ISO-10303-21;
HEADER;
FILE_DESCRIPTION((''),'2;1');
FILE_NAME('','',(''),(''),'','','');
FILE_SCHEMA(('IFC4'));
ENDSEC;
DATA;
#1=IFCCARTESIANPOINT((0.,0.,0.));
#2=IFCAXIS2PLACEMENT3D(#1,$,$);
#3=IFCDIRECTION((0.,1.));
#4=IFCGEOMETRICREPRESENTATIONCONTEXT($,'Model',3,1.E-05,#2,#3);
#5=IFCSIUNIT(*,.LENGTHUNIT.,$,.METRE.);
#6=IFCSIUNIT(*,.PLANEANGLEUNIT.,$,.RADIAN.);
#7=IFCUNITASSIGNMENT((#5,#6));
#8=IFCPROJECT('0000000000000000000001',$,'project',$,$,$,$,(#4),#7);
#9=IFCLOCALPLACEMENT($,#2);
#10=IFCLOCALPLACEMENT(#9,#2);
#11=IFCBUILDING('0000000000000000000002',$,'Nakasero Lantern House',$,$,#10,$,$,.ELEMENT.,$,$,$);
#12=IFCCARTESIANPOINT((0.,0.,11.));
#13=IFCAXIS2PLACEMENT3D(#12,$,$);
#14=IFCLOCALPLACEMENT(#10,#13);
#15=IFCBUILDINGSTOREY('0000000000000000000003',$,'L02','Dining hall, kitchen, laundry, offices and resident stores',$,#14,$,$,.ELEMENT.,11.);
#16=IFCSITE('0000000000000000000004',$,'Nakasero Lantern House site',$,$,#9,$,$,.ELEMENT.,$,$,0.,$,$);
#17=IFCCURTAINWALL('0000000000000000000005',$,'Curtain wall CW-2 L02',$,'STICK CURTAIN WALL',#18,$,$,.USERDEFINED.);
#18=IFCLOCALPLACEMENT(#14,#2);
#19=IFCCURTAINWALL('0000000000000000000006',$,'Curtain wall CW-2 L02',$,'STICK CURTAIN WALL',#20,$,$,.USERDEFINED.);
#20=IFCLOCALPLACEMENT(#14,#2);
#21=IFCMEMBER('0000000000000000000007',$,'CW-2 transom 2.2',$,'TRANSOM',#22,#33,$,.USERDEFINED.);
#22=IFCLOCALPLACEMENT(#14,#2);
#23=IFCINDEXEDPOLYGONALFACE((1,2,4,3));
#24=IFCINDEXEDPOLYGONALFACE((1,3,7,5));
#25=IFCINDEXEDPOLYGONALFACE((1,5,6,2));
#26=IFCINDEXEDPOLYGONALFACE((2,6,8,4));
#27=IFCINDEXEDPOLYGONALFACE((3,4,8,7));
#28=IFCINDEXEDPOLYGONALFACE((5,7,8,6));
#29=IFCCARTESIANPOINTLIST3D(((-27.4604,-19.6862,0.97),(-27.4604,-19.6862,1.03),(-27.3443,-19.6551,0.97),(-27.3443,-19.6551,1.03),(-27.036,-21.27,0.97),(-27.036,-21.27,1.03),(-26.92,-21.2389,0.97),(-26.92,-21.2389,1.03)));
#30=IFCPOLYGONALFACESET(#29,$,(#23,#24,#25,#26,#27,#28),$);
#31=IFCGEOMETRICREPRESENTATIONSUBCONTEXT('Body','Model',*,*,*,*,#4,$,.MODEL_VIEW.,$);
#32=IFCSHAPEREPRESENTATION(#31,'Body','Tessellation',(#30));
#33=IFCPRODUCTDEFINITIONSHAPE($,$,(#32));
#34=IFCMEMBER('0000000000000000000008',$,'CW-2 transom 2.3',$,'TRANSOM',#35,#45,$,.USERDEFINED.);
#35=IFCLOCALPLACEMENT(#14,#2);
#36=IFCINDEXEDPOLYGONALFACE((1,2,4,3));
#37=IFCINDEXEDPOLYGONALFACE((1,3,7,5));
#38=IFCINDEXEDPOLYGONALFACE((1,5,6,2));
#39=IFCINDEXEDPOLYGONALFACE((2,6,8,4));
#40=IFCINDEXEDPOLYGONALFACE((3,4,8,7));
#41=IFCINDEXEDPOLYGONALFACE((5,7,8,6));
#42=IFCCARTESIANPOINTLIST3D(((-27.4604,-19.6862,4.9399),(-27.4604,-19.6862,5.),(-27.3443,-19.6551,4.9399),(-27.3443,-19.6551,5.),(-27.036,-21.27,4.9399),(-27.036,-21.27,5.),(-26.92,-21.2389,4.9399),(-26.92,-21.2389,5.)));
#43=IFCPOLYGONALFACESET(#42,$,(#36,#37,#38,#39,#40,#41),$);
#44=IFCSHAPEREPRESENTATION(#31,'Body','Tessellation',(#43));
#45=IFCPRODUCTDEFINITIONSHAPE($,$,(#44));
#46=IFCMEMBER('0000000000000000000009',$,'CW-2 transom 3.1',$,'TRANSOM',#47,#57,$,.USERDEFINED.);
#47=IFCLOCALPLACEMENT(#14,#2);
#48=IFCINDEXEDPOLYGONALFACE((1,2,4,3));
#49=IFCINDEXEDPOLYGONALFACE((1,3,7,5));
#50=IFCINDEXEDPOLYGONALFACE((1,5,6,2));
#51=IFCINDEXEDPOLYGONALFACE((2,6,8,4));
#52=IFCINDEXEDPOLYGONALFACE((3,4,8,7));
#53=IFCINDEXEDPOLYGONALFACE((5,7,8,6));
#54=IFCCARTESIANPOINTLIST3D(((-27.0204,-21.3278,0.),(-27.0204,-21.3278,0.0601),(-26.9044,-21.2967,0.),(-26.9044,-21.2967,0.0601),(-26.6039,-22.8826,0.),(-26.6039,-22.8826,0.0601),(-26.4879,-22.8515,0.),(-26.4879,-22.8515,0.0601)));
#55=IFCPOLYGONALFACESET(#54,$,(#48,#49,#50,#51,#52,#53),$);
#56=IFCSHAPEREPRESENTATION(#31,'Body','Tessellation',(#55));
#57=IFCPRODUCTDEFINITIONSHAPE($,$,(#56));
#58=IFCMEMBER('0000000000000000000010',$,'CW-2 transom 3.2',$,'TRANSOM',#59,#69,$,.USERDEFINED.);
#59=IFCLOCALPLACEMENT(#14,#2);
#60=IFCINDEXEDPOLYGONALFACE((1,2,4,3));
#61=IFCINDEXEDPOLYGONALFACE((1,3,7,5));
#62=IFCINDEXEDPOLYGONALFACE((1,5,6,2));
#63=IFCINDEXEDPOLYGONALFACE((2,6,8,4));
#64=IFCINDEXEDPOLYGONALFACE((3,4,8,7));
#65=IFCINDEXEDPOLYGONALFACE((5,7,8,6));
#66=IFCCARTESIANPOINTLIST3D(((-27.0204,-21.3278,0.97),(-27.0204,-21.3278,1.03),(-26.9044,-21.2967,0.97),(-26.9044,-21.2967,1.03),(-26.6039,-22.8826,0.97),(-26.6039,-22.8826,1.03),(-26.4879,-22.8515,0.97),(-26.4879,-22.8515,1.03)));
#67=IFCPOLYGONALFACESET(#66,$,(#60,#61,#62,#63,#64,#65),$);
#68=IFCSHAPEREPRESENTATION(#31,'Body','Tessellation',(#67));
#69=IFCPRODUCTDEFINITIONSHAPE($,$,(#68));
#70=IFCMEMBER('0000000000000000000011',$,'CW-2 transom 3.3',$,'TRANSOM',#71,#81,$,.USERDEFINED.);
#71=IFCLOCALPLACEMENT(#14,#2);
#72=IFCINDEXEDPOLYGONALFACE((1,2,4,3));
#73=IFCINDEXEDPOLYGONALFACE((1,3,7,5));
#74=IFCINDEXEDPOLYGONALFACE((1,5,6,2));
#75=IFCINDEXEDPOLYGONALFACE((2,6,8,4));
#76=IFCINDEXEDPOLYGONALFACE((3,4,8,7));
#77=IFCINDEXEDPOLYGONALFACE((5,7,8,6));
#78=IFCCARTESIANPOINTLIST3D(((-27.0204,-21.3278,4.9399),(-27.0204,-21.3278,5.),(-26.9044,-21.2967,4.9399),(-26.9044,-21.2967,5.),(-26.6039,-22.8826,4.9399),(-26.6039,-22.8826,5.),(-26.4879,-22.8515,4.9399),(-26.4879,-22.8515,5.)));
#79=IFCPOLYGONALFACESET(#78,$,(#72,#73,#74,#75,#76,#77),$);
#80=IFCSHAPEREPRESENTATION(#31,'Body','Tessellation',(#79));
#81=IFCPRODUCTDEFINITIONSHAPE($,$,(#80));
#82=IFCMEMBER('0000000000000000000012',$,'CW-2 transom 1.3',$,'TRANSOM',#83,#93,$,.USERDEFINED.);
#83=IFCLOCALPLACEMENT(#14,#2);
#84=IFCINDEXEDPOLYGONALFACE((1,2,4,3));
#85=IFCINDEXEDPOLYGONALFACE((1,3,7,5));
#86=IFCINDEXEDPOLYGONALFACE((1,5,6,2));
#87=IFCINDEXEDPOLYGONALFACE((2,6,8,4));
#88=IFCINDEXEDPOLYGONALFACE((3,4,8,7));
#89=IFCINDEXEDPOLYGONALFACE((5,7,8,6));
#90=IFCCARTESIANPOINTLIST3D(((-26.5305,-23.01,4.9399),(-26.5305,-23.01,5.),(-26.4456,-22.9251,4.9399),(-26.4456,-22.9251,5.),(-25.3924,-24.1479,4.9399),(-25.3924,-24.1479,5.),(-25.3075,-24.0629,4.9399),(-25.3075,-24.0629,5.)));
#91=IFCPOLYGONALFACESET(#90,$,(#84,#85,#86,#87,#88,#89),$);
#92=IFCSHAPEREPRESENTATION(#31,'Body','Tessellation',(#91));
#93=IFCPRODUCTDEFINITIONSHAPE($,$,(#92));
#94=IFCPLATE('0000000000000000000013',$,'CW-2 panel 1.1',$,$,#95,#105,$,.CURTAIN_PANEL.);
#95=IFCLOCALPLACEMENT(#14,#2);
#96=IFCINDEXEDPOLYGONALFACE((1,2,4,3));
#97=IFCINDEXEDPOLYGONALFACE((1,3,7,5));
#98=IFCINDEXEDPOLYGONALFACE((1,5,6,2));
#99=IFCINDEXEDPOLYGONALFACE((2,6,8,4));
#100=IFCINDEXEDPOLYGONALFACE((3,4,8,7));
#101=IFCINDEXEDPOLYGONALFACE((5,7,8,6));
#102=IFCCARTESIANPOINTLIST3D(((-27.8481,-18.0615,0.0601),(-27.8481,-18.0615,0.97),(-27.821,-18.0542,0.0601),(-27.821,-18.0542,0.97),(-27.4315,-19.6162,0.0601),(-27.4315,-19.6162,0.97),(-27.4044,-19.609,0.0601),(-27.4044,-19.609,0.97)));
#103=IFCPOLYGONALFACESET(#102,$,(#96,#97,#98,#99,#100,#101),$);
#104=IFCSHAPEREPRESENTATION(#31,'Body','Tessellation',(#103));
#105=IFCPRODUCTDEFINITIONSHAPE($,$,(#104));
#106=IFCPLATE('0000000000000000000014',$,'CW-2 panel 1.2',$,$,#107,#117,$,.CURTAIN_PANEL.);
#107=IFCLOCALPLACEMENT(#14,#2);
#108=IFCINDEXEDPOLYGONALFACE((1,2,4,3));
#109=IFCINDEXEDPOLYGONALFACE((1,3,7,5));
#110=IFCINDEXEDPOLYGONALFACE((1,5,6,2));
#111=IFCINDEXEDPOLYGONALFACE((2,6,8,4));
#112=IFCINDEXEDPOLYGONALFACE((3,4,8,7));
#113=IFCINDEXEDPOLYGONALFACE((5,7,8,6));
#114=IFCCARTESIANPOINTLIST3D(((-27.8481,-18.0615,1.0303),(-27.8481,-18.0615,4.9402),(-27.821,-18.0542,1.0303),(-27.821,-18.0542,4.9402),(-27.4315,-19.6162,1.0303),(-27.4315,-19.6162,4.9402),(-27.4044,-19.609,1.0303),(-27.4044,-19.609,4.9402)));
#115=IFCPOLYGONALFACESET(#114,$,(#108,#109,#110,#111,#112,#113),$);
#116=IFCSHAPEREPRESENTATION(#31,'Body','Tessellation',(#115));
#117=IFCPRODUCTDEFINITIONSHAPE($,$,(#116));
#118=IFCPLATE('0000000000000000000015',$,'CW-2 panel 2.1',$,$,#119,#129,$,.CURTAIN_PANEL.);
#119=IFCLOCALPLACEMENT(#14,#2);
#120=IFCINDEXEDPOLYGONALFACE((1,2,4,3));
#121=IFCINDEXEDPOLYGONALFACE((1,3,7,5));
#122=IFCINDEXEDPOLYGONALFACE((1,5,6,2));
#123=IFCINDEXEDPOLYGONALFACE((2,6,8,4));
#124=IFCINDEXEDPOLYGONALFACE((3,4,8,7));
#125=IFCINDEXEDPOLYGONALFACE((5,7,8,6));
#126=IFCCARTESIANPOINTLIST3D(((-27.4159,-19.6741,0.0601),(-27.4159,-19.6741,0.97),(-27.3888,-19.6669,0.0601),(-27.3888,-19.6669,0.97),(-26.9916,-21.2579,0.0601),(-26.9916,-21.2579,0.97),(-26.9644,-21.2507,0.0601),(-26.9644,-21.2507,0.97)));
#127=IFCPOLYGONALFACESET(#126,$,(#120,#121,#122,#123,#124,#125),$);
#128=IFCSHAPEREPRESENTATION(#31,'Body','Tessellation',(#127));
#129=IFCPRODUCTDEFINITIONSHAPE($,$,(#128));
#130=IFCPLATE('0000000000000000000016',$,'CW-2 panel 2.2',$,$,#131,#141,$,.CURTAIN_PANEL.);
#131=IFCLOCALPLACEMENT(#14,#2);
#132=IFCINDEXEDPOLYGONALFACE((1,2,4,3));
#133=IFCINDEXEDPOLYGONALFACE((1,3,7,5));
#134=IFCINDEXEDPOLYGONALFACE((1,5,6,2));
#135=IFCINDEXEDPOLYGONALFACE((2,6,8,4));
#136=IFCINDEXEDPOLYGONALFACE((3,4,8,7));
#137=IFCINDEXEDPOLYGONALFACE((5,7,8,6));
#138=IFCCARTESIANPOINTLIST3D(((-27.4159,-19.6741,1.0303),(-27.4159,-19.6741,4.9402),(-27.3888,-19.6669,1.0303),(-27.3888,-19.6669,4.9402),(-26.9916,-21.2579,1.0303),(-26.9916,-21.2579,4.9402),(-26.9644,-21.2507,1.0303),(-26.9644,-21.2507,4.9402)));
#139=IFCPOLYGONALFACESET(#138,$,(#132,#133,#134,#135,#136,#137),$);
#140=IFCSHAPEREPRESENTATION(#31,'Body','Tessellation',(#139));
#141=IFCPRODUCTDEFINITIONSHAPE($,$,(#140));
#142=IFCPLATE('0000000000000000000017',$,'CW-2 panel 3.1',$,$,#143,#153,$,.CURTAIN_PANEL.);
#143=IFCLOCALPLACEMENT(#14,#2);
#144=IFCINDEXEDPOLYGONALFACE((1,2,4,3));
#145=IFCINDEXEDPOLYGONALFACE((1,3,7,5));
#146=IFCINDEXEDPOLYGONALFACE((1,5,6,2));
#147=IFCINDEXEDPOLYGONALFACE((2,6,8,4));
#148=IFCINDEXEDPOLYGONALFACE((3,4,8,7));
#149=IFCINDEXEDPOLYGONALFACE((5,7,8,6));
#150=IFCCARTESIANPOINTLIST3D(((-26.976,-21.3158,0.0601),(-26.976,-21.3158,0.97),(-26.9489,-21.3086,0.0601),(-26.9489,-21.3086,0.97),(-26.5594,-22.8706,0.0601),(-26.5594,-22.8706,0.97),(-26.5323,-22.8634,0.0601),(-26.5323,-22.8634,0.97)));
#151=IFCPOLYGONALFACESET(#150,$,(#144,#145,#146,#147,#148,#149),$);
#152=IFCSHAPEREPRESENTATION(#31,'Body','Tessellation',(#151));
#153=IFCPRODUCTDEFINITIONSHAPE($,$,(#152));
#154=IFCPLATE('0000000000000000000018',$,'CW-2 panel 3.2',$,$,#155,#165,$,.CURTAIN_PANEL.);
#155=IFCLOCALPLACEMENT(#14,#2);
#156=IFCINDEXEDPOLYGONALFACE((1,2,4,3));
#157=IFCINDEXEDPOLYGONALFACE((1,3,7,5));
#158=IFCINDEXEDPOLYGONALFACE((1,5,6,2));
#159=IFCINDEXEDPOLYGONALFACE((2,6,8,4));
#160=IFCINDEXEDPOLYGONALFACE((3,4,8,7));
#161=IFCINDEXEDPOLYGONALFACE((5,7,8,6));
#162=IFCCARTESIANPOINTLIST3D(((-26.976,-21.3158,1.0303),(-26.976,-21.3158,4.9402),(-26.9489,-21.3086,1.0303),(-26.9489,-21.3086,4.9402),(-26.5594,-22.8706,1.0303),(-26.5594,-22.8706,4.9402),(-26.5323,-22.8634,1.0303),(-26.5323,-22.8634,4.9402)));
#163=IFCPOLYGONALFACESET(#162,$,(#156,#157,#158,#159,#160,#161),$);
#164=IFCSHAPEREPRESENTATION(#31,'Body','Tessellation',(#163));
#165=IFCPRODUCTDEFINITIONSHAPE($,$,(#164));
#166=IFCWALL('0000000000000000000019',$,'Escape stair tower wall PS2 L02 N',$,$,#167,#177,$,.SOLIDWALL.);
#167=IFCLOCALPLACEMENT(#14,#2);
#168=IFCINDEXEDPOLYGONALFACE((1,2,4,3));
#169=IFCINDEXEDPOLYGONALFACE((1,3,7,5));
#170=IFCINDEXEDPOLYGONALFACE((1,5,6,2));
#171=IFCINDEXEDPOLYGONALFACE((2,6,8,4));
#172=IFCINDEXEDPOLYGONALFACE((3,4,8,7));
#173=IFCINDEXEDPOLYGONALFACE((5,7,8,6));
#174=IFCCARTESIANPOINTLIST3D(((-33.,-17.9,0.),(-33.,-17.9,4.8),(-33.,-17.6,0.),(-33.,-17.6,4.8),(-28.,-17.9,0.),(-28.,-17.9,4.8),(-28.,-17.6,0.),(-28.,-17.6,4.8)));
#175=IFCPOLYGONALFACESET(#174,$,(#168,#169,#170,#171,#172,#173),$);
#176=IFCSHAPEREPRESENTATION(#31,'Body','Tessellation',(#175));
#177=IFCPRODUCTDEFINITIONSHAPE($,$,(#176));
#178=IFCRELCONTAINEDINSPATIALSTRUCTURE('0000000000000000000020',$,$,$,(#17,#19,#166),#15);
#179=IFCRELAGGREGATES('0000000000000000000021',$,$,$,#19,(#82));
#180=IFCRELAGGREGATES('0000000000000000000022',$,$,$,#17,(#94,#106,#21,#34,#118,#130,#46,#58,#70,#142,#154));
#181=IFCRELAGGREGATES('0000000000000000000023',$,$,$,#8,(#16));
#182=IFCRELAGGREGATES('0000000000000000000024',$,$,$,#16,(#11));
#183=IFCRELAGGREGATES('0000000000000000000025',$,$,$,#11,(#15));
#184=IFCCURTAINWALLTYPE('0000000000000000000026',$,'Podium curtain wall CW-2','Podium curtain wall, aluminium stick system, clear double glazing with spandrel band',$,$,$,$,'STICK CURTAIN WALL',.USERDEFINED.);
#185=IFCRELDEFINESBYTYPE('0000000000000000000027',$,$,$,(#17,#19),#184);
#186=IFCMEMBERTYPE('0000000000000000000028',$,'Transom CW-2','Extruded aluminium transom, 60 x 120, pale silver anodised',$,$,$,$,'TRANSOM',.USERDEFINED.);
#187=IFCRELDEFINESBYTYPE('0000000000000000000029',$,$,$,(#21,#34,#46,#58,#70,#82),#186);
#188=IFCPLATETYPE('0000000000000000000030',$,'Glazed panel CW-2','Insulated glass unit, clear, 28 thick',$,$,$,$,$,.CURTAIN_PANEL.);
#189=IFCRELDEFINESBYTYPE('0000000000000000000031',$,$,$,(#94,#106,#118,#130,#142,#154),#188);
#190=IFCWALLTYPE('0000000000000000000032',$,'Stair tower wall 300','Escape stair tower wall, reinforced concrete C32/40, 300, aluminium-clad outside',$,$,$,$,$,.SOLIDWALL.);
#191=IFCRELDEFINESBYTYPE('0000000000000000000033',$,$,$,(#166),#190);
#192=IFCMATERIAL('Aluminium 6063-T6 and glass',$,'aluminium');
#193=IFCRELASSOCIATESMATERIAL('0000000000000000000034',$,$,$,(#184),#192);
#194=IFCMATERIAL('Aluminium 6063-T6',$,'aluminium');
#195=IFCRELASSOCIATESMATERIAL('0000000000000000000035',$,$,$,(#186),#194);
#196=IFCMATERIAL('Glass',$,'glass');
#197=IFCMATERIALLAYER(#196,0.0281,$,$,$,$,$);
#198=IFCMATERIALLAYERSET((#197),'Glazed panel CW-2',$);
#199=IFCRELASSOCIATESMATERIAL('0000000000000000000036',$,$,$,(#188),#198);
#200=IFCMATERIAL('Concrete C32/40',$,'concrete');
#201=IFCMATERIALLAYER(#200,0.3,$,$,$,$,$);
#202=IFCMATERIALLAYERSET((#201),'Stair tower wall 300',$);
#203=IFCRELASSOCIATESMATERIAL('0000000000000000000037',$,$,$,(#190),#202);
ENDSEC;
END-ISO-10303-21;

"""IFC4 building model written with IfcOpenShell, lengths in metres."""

from ifc_helpers import new_model, si_unit, direction, frame, frame_2d, origin, origin_2d, place, context, subcontext, project, spatial, rectangle, extrude, material, layer, layer_set, material_profile, profile_set, type_object, element, aggregate, save


model = new_model("IFC4")

# Units and contexts
model_context = context("Model", 3, precision=1e-05, world=origin(), true_north=direction((0.0, 1.0)))
body_context = subcontext(model_context, "Body", "Model", "MODEL_VIEW")
ifc_project = project(units=[si_unit("LENGTHUNIT", "METRE"), si_unit("PLANEANGLEUNIT", "RADIAN")], contexts=[model_context])

# Site, building, storey
site_placement = place(None, origin())
site = spatial("IfcSite", under=ifc_project, at=site_placement, Name="Nakasero Lantern House site", CompositionType="ELEMENT", RefElevation=0.0)
building_placement = place(site_placement, origin())
building = spatial("IfcBuilding", under=site, at=building_placement, Name="Nakasero Lantern House", CompositionType="ELEMENT")
storey_placement = place(building_placement, frame((0.0, 0.0, 11.0)))
storey = spatial("IfcBuildingStorey", under=building, at=storey_placement, Name="L02", Description="Dining hall, kitchen, laundry, offices and resident stores", CompositionType="ELEMENT", Elevation=11.0)

# Curtain wall
ifc_material_1 = material(Name="Aluminium 6063-T6 and glass", Category="aluminium")
curtain_wall_type = type_object("IfcCurtainWallType", Name="Podium curtain wall CW-2", Description="Podium curtain wall, aluminium stick system, clear double glazing with spandrel band", ElementType="STICK CURTAIN WALL", PredefinedType="USERDEFINED", material=ifc_material_1)
curtain_wall_1_placement = place(storey_placement, origin())
curtain_wall_1 = element("IfcCurtainWall", 1, at=curtain_wall_1_placement, inside=storey, type_object=curtain_wall_type, Name="Curtain wall CW-2 L02", ObjectType="STICK CURTAIN WALL", PredefinedType="USERDEFINED")

# Curtain wall
curtain_wall_2_placement = place(storey_placement, origin())
curtain_wall_2 = element("IfcCurtainWall", 2, at=curtain_wall_2_placement, inside=storey, type_object=curtain_wall_type, Name="Curtain wall CW-2 L02", ObjectType="STICK CURTAIN WALL", PredefinedType="USERDEFINED")

# Members
ifc_material_2 = material(Name="Aluminium 6063-T6", Category="aluminium")
ifc_material_profile_1 = material_profile(ifc_material_2, rectangle(XDim=0.0601, YDim=0.1201, at=origin_2d()), Name="CW-2 transom 60x120")
ifc_profile_set_1 = profile_set([ifc_material_profile_1], Name="Aluminium 6063-T6")
member_type_1 = type_object("IfcMemberType", Name="Transom CW-2", Description="Extruded aluminium transom, 60 x 120, pale silver anodised", ElementType="TRANSOM", PredefinedType="USERDEFINED", material=ifc_profile_set_1)
member_1_placement = place(storey_placement, frame((-27.4023, -19.6707, 1.0), z_axis=(0.258793, -0.965933, 0.0), x_axis=(0.0, 0.0, 1.0)))
member_1 = element("IfcMember", 3, at=member_1_placement, type_object=member_type_1, Name="CW-2 transom 2.2", ObjectType="TRANSOM", PredefinedType="USERDEFINED", context=body_context, shape_type="SweptSolid", body=[
    extrude(rectangle(XDim=0.0601, YDim=0.1201, at=origin_2d()), origin(), (0.0, 0.0, 1.0), 1.6396),
])
member_2_placement = place(storey_placement, frame((-27.4023, -19.6707, 4.97), z_axis=(0.258793, -0.965933, 0.0), x_axis=(0.0, 0.0, 1.0)))
member_2 = element("IfcMember", 4, at=member_2_placement, type_object=member_type_1, Name="CW-2 transom 2.3", ObjectType="TRANSOM", PredefinedType="USERDEFINED", context=body_context, shape_type="SweptSolid", body=[
    extrude(rectangle(XDim=0.0601, YDim=0.1201, at=origin_2d()), origin(), (0.0, 0.0, 1.0), 1.6396),
])
member_3_placement = place(storey_placement, frame((-26.9624, -21.3123, 0.03), z_axis=(0.258777, -0.965937, 0.0), x_axis=(0.0, 0.0, 1.0)))
member_3 = element("IfcMember", 5, at=member_3_placement, type_object=member_type_1, Name="CW-2 transom 3.1", ObjectType="TRANSOM", PredefinedType="USERDEFINED", context=body_context, shape_type="SweptSolid", body=[
    extrude(rectangle(XDim=0.0601, YDim=0.1201, at=origin_2d()), origin(), (0.0, 0.0, 1.0), 1.6096),
])
member_4_placement = place(storey_placement, frame((-26.9624, -21.3123, 1.0), z_axis=(0.258777, -0.965937, 0.0), x_axis=(0.0, 0.0, 1.0)))
member_4 = element("IfcMember", 6, at=member_4_placement, type_object=member_type_1, Name="CW-2 transom 3.2", ObjectType="TRANSOM", PredefinedType="USERDEFINED", context=body_context, shape_type="SweptSolid", body=[
    extrude(rectangle(XDim=0.0601, YDim=0.1201, at=origin_2d()), origin(), (0.0, 0.0, 1.0), 1.6096),
])
member_5_placement = place(storey_placement, frame((-26.9624, -21.3123, 4.97), z_axis=(0.258777, -0.965937, 0.0), x_axis=(0.0, 0.0, 1.0)))
member_5 = element("IfcMember", 7, at=member_5_placement, type_object=member_type_1, Name="CW-2 transom 3.3", ObjectType="TRANSOM", PredefinedType="USERDEFINED", context=body_context, shape_type="SweptSolid", body=[
    extrude(rectangle(XDim=0.0601, YDim=0.1201, at=origin_2d()), origin(), (0.0, 0.0, 1.0), 1.6096),
])
member_6_placement = place(storey_placement, frame((-26.488, -22.9675, 4.97), z_axis=(0.707183, -0.707031, 0.0), x_axis=(0.0, 0.0, 1.0)))
member_6 = element("IfcMember", 8, at=member_6_placement, type_object=member_type_1, Name="CW-2 transom 1.3", ObjectType="TRANSOM", PredefinedType="USERDEFINED", context=body_context, shape_type="SweptSolid", body=[
    extrude(rectangle(XDim=0.0601, YDim=0.1201, at=origin_2d()), origin(), (0.0, 0.0, 1.0), 1.6094),
])
aggregate(curtain_wall_2, [member_6])

# Plates
ifc_material_3 = material(Name="Glass", Category="glass")
ifc_layer_1 = layer(ifc_material_3, 0.0281)
ifc_layer_set_1 = layer_set([ifc_layer_1], Name="Glazed panel CW-2")
plate_type = type_object("IfcPlateType", Name="Glazed panel CW-2", Description="Insulated glass unit, clear, 28 thick", PredefinedType="CURTAIN_PANEL", material=ifc_layer_set_1)
plate_1_placement = place(storey_placement, frame((-27.6262, -18.8352, 0.0601), z_axis=(0.0, 0.0, 1.0), x_axis=(0.258819, -0.965926, 0.0)))
plate_1 = element("IfcPlate", 9, at=plate_1_placement, type_object=plate_type, Name="CW-2 panel 1.1", PredefinedType="CURTAIN_PANEL", context=body_context, shape_type="SweptSolid", body=[
    extrude(rectangle(XDim=1.6096, YDim=0.0281, at=origin_2d()), origin(), (0.0, 0.0, 1.0), 0.9099),
])
plate_2_placement = place(storey_placement, frame((-27.6262, -18.8352, 1.0303), z_axis=(0.0, 0.0, 1.0), x_axis=(0.258819, -0.965926, 0.0)))
plate_2 = element("IfcPlate", 10, at=plate_2_placement, type_object=plate_type, Name="CW-2 panel 1.2", PredefinedType="CURTAIN_PANEL", context=body_context, shape_type="SweptSolid", body=[
    extrude(rectangle(XDim=1.6096, YDim=0.0281, at=origin_2d()), origin(), (0.0, 0.0, 1.0), 3.9099),
])
plate_3_placement = place(storey_placement, frame((-27.1902, -20.4624, 0.0601), z_axis=(0.0, 0.0, 1.0), x_axis=(0.258819, -0.965926, 0.0)))
plate_3 = element("IfcPlate", 11, at=plate_3_placement, type_object=plate_type, Name="CW-2 panel 2.1", PredefinedType="CURTAIN_PANEL", context=body_context, shape_type="SweptSolid", body=[
    extrude(rectangle(XDim=1.6396, YDim=0.0281, at=origin_2d()), origin(), (0.0, 0.0, 1.0), 0.9099),
])
plate_4_placement = place(storey_placement, frame((-27.1902, -20.4624, 1.0303), z_axis=(0.0, 0.0, 1.0), x_axis=(0.258819, -0.965926, 0.0)))
plate_4 = element("IfcPlate", 12, at=plate_4_placement, type_object=plate_type, Name="CW-2 panel 2.2", PredefinedType="CURTAIN_PANEL", context=body_context, shape_type="SweptSolid", body=[
    extrude(rectangle(XDim=1.6396, YDim=0.0281, at=origin_2d()), origin(), (0.0, 0.0, 1.0), 3.9099),
])
plate_5_placement = place(storey_placement, frame((-26.7542, -22.0896, 0.0601), z_axis=(0.0, 0.0, 1.0), x_axis=(0.258819, -0.965926, 0.0)))
plate_5 = element("IfcPlate", 13, at=plate_5_placement, type_object=plate_type, Name="CW-2 panel 3.1", PredefinedType="CURTAIN_PANEL", context=body_context, shape_type="SweptSolid", body=[
    extrude(rectangle(XDim=1.6096, YDim=0.0281, at=origin_2d()), origin(), (0.0, 0.0, 1.0), 0.9099),
])
plate_6_placement = place(storey_placement, frame((-26.7542, -22.0896, 1.0303), z_axis=(0.0, 0.0, 1.0), x_axis=(0.258819, -0.965926, 0.0)))
plate_6 = element("IfcPlate", 14, at=plate_6_placement, type_object=plate_type, Name="CW-2 panel 3.2", PredefinedType="CURTAIN_PANEL", context=body_context, shape_type="SweptSolid", body=[
    extrude(rectangle(XDim=1.6096, YDim=0.0281, at=origin_2d()), origin(), (0.0, 0.0, 1.0), 3.9099),
])
aggregate(curtain_wall_1, [plate_1, plate_2, member_1, member_2, plate_3, plate_4, member_3, member_4, member_5, plate_5, plate_6])

# Wall
ifc_material_4 = material(Name="Concrete C32/40", Category="concrete")
ifc_layer_2 = layer(ifc_material_4, 0.3)
ifc_layer_set_2 = layer_set([ifc_layer_2], Name="Stair tower wall 300")
wall_type = type_object("IfcWallType", Name="Stair tower wall 300", Description="Escape stair tower wall, reinforced concrete C32/40, 300, aluminium-clad outside", PredefinedType="SOLIDWALL", material=ifc_layer_set_2)
wall_placement = place(storey_placement, frame((-28.0, -17.75, 0.0), z_axis=(0.0, 0.0, 1.0), x_axis=(-1.0, 0.0, 0.0)))
element("IfcWall", 15, at=wall_placement, inside=storey, type_object=wall_type, Name="Escape stair tower wall PS2 L02 N", PredefinedType="SOLIDWALL", context=body_context, shape_type="SweptSolid", body=[
    extrude(rectangle(XDim=5.0, YDim=0.3, at=frame_2d((2.5, 0.0))), origin(), (0.0, 0.0, 1.0), 4.8),
])

save(model, "model.ifc")
